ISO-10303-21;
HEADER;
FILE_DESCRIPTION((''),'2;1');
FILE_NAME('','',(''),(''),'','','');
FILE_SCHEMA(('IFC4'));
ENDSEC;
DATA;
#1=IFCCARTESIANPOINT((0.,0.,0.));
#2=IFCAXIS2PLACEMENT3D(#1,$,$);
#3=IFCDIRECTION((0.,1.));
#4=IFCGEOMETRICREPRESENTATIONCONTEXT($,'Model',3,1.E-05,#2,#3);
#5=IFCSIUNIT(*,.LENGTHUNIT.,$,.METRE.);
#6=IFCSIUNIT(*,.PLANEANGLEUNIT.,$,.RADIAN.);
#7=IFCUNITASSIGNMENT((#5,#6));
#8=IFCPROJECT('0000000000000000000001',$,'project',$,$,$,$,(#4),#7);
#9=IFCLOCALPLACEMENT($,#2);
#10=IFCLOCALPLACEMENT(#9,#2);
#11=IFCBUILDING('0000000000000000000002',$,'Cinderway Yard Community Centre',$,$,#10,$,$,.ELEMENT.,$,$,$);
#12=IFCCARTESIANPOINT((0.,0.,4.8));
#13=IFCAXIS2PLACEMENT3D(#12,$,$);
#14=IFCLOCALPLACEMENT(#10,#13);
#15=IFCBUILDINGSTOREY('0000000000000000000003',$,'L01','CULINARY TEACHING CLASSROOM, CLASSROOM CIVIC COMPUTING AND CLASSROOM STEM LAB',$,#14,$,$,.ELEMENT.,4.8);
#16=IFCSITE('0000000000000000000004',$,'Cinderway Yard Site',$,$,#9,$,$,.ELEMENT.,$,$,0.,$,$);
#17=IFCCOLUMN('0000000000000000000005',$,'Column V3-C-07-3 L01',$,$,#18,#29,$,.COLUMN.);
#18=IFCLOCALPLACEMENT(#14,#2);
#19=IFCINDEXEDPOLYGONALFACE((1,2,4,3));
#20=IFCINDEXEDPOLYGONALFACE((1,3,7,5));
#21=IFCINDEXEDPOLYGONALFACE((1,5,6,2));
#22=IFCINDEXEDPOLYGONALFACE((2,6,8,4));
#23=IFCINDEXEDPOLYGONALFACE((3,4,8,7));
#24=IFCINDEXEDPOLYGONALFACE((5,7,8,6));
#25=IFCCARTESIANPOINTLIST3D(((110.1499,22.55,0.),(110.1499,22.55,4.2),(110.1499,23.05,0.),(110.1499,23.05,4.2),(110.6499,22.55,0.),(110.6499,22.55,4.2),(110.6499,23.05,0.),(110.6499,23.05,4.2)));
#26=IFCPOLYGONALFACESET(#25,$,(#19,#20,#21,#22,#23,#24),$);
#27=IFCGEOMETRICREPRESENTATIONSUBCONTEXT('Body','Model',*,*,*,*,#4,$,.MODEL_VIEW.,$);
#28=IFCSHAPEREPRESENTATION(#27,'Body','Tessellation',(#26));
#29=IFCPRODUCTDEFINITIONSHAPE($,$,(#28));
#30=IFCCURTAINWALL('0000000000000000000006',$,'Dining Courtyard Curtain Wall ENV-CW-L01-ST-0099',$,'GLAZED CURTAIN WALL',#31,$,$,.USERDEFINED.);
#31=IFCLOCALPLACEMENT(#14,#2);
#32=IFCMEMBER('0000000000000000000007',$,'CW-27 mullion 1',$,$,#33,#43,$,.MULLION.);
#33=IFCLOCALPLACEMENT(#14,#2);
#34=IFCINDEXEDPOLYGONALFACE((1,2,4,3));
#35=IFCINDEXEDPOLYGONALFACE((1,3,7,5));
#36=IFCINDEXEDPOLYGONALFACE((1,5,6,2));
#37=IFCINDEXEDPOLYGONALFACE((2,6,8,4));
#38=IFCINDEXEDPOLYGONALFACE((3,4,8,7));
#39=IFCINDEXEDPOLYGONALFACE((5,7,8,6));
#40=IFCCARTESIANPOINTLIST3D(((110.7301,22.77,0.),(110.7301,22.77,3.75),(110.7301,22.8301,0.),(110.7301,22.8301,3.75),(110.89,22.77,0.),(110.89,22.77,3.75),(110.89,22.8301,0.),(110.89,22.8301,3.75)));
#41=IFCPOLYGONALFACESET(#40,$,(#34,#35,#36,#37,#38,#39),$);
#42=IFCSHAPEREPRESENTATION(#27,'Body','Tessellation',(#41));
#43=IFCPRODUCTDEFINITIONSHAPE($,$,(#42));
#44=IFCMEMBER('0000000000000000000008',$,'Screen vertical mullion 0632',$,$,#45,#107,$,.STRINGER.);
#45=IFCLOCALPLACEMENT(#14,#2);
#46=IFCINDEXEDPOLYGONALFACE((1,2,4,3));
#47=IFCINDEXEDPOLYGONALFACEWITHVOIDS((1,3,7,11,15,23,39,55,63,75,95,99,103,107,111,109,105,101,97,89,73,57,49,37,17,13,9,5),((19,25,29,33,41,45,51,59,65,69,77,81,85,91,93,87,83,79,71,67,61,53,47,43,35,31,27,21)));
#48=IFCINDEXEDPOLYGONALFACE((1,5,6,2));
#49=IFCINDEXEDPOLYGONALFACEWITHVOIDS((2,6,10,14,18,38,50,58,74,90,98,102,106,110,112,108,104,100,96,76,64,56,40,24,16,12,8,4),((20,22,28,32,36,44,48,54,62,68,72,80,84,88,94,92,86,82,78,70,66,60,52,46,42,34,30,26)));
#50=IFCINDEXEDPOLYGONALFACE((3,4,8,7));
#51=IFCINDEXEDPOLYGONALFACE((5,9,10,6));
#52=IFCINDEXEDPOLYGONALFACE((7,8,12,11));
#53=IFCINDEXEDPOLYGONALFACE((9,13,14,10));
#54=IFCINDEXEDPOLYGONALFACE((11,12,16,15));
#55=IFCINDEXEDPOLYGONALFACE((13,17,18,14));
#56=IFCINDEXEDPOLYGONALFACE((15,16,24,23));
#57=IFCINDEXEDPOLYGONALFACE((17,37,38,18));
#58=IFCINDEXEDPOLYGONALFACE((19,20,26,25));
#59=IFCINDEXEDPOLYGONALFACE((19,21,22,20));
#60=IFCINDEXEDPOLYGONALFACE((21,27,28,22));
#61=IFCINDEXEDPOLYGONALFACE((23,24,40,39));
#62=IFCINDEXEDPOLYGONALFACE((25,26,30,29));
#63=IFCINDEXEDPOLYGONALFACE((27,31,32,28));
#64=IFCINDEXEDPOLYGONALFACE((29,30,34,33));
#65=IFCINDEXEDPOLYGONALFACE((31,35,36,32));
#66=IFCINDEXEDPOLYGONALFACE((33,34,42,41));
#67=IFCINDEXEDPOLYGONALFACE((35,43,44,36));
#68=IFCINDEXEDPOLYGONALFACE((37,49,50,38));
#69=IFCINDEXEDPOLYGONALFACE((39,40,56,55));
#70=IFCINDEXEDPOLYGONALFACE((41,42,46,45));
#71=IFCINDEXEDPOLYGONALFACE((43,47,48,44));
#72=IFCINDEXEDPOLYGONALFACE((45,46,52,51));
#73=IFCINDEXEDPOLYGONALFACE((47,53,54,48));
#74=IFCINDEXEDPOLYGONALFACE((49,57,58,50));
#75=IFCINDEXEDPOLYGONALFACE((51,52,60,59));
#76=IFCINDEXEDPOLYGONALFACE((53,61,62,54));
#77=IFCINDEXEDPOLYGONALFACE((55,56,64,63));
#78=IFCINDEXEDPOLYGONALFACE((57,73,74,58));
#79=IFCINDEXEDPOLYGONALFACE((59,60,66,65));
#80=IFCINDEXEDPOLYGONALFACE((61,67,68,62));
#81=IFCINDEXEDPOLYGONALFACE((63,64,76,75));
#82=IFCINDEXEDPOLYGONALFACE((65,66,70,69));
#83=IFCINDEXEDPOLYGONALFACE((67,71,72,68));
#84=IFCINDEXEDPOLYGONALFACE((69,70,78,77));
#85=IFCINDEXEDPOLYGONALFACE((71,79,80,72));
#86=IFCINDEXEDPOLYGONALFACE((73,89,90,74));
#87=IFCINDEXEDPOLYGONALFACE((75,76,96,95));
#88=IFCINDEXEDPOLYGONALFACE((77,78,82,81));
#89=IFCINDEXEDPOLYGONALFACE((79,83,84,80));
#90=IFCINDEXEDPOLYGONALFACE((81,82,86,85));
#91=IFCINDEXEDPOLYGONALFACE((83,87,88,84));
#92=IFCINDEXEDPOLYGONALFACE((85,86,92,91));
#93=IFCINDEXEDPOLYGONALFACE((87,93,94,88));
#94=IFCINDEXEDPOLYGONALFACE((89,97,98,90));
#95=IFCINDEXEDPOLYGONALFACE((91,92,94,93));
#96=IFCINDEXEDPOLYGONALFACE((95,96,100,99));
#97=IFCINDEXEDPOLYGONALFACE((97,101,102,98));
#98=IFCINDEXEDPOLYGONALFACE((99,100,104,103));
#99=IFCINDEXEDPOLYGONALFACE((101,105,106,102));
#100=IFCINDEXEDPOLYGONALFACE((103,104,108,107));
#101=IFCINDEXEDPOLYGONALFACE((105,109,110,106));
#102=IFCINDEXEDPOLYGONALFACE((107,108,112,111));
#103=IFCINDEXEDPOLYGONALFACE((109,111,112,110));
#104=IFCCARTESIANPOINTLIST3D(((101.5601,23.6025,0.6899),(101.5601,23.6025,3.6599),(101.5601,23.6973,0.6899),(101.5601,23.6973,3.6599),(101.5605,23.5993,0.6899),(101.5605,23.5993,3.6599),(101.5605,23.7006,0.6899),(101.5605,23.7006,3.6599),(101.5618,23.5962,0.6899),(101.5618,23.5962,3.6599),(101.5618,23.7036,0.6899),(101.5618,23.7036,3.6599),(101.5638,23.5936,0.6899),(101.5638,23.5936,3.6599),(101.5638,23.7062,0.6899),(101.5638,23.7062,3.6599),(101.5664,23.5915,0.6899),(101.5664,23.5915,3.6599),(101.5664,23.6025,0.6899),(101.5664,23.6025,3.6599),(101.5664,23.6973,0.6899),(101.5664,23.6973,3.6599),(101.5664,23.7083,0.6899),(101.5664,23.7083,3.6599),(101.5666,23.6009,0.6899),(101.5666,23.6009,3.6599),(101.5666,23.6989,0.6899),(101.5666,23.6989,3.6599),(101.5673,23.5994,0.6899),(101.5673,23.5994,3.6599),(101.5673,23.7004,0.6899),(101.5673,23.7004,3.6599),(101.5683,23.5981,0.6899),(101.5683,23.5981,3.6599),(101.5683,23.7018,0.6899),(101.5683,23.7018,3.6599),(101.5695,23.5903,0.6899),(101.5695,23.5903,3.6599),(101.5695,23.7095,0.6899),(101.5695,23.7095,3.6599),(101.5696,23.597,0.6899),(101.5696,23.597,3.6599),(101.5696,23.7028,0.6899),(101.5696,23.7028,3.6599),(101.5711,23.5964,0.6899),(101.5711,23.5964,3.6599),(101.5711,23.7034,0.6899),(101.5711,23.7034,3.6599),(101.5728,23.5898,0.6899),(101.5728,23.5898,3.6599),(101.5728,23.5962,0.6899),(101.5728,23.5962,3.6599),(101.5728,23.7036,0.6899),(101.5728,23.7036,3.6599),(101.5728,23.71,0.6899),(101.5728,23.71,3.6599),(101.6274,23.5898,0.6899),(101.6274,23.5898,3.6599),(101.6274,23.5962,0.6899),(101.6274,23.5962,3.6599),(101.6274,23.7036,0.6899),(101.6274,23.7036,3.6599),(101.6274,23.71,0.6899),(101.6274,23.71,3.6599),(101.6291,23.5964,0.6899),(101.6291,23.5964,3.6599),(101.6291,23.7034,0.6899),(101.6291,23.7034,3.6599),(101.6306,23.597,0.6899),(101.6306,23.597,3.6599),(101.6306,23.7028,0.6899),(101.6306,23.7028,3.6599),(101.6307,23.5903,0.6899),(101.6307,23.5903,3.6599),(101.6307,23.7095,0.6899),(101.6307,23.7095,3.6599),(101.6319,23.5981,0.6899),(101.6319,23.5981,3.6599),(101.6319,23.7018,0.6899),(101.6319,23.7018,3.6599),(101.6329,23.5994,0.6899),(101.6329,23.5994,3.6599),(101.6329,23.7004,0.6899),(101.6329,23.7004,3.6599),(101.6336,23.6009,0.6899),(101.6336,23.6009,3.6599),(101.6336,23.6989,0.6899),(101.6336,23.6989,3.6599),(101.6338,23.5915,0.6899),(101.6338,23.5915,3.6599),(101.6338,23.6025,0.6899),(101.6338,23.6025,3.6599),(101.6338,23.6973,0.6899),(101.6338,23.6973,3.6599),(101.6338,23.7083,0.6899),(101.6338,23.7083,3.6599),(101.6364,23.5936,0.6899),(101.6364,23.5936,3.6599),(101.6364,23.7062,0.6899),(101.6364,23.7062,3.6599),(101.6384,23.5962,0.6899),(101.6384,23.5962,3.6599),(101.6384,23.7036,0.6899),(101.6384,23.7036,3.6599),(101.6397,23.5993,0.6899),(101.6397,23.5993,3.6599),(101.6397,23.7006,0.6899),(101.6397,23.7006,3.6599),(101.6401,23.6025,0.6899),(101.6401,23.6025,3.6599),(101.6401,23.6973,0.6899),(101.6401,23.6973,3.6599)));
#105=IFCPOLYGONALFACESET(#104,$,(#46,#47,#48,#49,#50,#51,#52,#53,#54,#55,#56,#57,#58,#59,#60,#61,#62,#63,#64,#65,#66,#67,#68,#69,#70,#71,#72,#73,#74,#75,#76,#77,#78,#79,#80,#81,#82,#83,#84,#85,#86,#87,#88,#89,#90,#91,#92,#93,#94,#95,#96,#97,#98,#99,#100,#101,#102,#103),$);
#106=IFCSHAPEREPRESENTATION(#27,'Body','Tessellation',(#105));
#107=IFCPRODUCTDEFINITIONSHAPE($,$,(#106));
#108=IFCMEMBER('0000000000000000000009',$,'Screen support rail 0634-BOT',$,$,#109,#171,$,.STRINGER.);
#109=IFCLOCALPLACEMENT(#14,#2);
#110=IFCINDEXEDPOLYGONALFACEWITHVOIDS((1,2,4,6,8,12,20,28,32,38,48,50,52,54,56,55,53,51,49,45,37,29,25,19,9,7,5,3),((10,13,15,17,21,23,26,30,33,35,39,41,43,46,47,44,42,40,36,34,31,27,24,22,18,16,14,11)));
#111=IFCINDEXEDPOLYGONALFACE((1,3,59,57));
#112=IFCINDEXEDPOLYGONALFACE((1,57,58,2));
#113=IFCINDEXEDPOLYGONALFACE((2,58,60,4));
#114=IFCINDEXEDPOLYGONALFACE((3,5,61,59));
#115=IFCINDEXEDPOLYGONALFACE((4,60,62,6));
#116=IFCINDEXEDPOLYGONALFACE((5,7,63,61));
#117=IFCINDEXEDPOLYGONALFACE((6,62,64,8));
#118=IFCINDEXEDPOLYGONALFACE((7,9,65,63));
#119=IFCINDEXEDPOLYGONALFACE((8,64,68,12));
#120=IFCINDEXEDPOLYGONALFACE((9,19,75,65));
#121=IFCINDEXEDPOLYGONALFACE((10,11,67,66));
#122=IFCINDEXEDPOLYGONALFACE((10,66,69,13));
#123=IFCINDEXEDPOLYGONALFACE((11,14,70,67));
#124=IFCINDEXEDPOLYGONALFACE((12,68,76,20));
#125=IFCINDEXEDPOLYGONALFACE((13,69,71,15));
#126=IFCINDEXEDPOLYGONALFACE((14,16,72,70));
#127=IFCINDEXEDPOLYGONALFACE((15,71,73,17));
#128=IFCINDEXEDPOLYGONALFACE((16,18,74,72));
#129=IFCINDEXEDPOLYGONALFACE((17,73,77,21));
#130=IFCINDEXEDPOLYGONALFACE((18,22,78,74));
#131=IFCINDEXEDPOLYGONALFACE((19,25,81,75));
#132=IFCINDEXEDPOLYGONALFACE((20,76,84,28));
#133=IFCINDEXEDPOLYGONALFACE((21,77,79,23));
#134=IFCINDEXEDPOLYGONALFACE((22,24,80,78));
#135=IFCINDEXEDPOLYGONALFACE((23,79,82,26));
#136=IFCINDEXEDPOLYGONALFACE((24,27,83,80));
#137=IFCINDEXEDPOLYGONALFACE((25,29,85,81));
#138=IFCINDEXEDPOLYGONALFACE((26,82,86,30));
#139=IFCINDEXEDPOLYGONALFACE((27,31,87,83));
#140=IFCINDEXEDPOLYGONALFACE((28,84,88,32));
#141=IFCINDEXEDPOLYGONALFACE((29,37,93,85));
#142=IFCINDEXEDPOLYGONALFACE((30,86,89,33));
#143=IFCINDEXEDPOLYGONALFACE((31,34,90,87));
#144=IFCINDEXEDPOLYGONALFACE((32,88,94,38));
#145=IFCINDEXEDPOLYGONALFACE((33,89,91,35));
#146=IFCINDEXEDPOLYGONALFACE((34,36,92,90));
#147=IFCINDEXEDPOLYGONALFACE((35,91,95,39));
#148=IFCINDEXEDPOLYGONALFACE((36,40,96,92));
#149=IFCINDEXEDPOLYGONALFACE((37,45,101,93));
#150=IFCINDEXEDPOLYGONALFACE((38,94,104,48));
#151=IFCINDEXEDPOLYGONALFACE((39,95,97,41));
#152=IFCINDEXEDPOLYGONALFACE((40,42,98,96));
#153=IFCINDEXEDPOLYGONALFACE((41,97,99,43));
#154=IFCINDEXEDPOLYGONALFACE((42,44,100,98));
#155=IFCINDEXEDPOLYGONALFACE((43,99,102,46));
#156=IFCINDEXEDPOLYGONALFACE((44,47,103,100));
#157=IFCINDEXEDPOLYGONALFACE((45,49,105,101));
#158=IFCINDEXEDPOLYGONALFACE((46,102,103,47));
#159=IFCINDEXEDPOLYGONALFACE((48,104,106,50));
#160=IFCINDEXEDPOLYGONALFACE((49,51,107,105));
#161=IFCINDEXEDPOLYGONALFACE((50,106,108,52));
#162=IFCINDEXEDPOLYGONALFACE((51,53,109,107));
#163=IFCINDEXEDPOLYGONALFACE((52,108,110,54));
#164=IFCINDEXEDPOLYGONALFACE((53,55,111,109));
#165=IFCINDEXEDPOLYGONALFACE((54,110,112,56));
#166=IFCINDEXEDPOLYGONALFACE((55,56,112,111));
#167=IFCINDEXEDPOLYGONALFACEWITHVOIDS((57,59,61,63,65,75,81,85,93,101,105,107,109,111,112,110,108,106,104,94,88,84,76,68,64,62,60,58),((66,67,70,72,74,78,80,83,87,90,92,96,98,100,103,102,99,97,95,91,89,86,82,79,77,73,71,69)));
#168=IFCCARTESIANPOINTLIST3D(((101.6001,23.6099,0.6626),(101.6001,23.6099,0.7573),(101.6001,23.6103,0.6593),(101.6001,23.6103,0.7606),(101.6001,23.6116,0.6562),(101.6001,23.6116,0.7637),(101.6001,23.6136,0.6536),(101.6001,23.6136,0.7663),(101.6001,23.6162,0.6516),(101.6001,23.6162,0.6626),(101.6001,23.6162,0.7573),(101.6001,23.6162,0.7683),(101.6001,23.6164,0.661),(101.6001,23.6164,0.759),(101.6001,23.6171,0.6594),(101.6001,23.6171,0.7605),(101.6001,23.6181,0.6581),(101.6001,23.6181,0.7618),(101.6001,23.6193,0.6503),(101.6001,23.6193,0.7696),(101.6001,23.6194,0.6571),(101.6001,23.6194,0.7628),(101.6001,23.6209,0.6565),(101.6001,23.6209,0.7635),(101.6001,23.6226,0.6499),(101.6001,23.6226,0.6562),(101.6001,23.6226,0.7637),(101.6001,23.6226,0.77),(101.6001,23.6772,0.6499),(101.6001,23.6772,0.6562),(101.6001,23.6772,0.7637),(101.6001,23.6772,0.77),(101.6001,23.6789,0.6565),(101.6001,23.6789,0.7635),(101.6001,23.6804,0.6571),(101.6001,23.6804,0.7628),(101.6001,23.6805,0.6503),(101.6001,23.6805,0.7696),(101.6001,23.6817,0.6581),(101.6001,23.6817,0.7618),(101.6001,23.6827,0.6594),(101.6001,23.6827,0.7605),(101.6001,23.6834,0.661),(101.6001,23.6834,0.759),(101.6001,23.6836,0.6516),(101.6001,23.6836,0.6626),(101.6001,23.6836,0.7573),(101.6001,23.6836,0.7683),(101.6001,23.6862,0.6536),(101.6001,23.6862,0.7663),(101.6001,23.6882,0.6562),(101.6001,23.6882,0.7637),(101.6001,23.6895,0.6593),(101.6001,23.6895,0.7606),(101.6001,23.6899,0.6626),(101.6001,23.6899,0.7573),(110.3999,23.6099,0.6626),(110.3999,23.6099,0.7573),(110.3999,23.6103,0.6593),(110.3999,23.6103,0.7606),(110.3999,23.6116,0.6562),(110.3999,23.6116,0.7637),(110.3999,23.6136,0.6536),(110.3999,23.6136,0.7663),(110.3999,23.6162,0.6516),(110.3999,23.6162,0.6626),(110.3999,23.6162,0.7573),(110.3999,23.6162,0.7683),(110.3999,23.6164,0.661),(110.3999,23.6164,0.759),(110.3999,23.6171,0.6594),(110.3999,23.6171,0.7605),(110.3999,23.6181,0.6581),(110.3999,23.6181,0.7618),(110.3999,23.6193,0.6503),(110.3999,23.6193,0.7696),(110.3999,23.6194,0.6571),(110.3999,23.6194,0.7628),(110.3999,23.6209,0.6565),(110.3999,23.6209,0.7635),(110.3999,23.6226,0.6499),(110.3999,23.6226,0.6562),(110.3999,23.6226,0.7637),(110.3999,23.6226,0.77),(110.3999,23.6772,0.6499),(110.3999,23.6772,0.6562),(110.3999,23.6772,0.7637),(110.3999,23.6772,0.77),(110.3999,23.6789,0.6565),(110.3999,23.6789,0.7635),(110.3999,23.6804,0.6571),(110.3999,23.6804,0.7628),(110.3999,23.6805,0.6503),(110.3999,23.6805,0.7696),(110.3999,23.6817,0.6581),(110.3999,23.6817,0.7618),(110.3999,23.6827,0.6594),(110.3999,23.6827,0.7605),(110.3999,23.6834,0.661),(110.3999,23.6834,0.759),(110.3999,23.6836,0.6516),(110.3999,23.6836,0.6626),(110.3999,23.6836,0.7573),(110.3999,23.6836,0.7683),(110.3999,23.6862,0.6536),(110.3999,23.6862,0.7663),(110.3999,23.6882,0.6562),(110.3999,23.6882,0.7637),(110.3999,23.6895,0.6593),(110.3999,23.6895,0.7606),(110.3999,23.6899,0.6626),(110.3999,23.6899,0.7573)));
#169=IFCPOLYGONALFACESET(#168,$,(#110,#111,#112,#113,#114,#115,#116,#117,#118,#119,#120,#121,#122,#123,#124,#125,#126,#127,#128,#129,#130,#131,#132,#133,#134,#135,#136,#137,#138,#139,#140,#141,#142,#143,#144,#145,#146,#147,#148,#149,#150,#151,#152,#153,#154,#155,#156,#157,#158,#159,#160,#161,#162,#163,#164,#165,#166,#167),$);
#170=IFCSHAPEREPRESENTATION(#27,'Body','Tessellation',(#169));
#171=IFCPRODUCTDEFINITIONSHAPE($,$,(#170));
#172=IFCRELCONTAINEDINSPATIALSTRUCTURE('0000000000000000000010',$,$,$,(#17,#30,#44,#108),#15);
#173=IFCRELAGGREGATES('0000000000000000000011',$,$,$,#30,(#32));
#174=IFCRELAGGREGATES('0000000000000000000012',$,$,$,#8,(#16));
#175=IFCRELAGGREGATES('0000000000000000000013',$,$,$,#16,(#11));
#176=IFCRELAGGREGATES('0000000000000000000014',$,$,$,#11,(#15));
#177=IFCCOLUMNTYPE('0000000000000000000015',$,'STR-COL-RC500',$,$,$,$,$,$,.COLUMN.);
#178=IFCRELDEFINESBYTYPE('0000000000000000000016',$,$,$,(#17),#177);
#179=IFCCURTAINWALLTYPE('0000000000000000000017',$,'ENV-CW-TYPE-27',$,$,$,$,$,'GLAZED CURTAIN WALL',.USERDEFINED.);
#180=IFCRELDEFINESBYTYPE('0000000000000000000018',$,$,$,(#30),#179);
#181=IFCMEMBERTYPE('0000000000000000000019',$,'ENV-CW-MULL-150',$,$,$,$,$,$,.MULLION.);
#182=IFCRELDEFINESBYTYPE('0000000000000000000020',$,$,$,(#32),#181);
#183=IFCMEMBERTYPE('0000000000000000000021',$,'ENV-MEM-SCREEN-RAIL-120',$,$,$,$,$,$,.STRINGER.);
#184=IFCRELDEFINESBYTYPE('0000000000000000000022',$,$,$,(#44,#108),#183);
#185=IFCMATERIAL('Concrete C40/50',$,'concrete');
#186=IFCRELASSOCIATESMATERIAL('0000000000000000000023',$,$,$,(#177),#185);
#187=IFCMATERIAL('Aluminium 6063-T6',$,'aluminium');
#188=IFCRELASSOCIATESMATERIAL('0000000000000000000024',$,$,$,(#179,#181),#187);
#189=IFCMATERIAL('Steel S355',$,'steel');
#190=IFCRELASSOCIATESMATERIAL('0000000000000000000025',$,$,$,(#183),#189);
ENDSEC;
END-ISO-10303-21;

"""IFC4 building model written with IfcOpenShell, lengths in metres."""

from ifc_helpers import new_model, si_unit, direction, frame, origin, origin_2d, place, context, subcontext, project, spatial, rectangle, hollow_rectangle, extrude, material, material_profile, profile_set, type_object, element, aggregate, save


model = new_model("IFC4")

# Units and contexts
model_context = context("Model", 3, precision=1e-05, world=origin(), true_north=direction((0.0, 1.0)))
body_context = subcontext(model_context, "Body", "Model", "MODEL_VIEW")
ifc_project = project(units=[si_unit("LENGTHUNIT", "METRE"), si_unit("PLANEANGLEUNIT", "RADIAN")], contexts=[model_context])

# Site, building, storey
site_placement = place(None, origin())
site = spatial("IfcSite", under=ifc_project, at=site_placement, Name="Cinderway Yard Site", CompositionType="ELEMENT", RefElevation=0.0)
building_placement = place(site_placement, origin())
building = spatial("IfcBuilding", under=site, at=building_placement, Name="Cinderway Yard Community Centre", CompositionType="ELEMENT")
storey_placement = place(building_placement, frame((0.0, 0.0, 4.8)))
storey = spatial("IfcBuildingStorey", under=building, at=storey_placement, Name="L01", Description="CULINARY TEACHING CLASSROOM, CLASSROOM CIVIC COMPUTING AND CLASSROOM STEM LAB", CompositionType="ELEMENT", Elevation=4.8)

# Column
ifc_material_1 = material(Name="Concrete C40/50", Category="concrete")
ifc_material_profile_1 = material_profile(ifc_material_1, rectangle(XDim=0.5, YDim=0.5, at=origin_2d()), Name="Concrete C40/50")
ifc_profile_set_1 = profile_set([ifc_material_profile_1], Name="Concrete C40/50")
column_type = type_object("IfcColumnType", Name="STR-COL-RC500", PredefinedType="COLUMN", material=ifc_profile_set_1)
column_placement = place(storey_placement, frame((110.3999, 22.8, 0.0), z_axis=(0.0, 0.0, 1.0), x_axis=(1.0, 0.0, 0.0)))
element("IfcColumn", 1, at=column_placement, inside=storey, type_object=column_type, Name="Column V3-C-07-3 L01", PredefinedType="COLUMN", context=body_context, shape_type="SweptSolid", body=[
    extrude(rectangle(XDim=0.5, YDim=0.5, at=origin_2d()), origin(), (0.0, 0.0, 1.0), 4.2),
])

# Curtain wall, member
ifc_material_2 = material(Name="Aluminium 6063-T6", Category="aluminium")
curtain_wall_type = type_object("IfcCurtainWallType", Name="ENV-CW-TYPE-27", ElementType="GLAZED CURTAIN WALL", PredefinedType="USERDEFINED", material=ifc_material_2)
curtain_wall_placement = place(storey_placement, origin())
curtain_wall = element("IfcCurtainWall", 2, at=curtain_wall_placement, inside=storey, type_object=curtain_wall_type, Name="Dining Courtyard Curtain Wall ENV-CW-L01-ST-0099", ObjectType="GLAZED CURTAIN WALL", PredefinedType="USERDEFINED")
ifc_material_profile_2 = material_profile(ifc_material_2, rectangle(XDim=0.0601, YDim=0.1599, at=origin_2d()), Name="Aluminium 6063-T6")
ifc_profile_set_2 = profile_set([ifc_material_profile_2], Name="Aluminium 6063-T6")
member_type_1 = type_object("IfcMemberType", Name="ENV-CW-MULL-150", PredefinedType="MULLION", material=ifc_profile_set_2)
member_1_placement = place(storey_placement, frame((110.8101, 22.8, 0.0), z_axis=(0.0, 0.0, 1.0), x_axis=(0.0, 1.0, 0.0)))
member_1 = element("IfcMember", 3, at=member_1_placement, type_object=member_type_1, Name="CW-27 mullion 1", PredefinedType="MULLION", context=body_context, shape_type="SweptSolid", body=[
    extrude(rectangle(XDim=0.0601, YDim=0.1599, at=origin_2d()), origin(), (0.0, 0.0, 1.0), 3.75),
])
aggregate(curtain_wall, [member_1])

# Members
ifc_material_3 = material(Name="Steel S355", Category="steel")
ifc_material_profile_3 = material_profile(ifc_material_3, hollow_rectangle(XDim=0.0801, YDim=0.1201, WallThickness=0.0063, InnerFilletRadius=0.0063, OuterFilletRadius=0.0127, at=origin_2d()), Name="Steel S355")
ifc_profile_set_3 = profile_set([ifc_material_profile_3], Name="Steel S355")
member_type_2 = type_object("IfcMemberType", Name="ENV-MEM-SCREEN-RAIL-120", PredefinedType="STRINGER", material=ifc_profile_set_3)
member_2_placement = place(storey_placement, frame((101.6001, 23.6499, 0.6899), z_axis=(0.0, 0.0, 1.0), x_axis=(1.0, 0.0, 0.0)))
element("IfcMember", 4, at=member_2_placement, inside=storey, type_object=member_type_2, Name="Screen vertical mullion 0632", PredefinedType="STRINGER", context=body_context, shape_type="SweptSolid", body=[
    extrude(hollow_rectangle(XDim=0.0801, YDim=0.1201, WallThickness=0.0063, InnerFilletRadius=0.0063, OuterFilletRadius=0.0127, at=origin_2d()), origin(), (0.0, 0.0, 1.0), 2.97),
])
for number, where, z_axis, x_axis, name in (
    (5, (101.6001, 23.6499, 0.71), (1.0, 0.0, 0.0), (0.0, 1.0, 0.0), "Screen support rail 0634-BOT"),
):
    element("IfcMember", number, at=place(storey_placement, frame(where, z_axis=z_axis, x_axis=x_axis)), inside=storey, type_object=member_type_2, Name=name, PredefinedType="STRINGER", context=body_context, shape_type="SweptSolid", body=[
        extrude(hollow_rectangle(XDim=0.0801, YDim=0.1201, WallThickness=0.0063, InnerFilletRadius=0.0063, OuterFilletRadius=0.0127, at=origin_2d()), origin(), (0.0, 0.0, 1.0), 8.7998),
    ])

save(model, "model.ifc")
